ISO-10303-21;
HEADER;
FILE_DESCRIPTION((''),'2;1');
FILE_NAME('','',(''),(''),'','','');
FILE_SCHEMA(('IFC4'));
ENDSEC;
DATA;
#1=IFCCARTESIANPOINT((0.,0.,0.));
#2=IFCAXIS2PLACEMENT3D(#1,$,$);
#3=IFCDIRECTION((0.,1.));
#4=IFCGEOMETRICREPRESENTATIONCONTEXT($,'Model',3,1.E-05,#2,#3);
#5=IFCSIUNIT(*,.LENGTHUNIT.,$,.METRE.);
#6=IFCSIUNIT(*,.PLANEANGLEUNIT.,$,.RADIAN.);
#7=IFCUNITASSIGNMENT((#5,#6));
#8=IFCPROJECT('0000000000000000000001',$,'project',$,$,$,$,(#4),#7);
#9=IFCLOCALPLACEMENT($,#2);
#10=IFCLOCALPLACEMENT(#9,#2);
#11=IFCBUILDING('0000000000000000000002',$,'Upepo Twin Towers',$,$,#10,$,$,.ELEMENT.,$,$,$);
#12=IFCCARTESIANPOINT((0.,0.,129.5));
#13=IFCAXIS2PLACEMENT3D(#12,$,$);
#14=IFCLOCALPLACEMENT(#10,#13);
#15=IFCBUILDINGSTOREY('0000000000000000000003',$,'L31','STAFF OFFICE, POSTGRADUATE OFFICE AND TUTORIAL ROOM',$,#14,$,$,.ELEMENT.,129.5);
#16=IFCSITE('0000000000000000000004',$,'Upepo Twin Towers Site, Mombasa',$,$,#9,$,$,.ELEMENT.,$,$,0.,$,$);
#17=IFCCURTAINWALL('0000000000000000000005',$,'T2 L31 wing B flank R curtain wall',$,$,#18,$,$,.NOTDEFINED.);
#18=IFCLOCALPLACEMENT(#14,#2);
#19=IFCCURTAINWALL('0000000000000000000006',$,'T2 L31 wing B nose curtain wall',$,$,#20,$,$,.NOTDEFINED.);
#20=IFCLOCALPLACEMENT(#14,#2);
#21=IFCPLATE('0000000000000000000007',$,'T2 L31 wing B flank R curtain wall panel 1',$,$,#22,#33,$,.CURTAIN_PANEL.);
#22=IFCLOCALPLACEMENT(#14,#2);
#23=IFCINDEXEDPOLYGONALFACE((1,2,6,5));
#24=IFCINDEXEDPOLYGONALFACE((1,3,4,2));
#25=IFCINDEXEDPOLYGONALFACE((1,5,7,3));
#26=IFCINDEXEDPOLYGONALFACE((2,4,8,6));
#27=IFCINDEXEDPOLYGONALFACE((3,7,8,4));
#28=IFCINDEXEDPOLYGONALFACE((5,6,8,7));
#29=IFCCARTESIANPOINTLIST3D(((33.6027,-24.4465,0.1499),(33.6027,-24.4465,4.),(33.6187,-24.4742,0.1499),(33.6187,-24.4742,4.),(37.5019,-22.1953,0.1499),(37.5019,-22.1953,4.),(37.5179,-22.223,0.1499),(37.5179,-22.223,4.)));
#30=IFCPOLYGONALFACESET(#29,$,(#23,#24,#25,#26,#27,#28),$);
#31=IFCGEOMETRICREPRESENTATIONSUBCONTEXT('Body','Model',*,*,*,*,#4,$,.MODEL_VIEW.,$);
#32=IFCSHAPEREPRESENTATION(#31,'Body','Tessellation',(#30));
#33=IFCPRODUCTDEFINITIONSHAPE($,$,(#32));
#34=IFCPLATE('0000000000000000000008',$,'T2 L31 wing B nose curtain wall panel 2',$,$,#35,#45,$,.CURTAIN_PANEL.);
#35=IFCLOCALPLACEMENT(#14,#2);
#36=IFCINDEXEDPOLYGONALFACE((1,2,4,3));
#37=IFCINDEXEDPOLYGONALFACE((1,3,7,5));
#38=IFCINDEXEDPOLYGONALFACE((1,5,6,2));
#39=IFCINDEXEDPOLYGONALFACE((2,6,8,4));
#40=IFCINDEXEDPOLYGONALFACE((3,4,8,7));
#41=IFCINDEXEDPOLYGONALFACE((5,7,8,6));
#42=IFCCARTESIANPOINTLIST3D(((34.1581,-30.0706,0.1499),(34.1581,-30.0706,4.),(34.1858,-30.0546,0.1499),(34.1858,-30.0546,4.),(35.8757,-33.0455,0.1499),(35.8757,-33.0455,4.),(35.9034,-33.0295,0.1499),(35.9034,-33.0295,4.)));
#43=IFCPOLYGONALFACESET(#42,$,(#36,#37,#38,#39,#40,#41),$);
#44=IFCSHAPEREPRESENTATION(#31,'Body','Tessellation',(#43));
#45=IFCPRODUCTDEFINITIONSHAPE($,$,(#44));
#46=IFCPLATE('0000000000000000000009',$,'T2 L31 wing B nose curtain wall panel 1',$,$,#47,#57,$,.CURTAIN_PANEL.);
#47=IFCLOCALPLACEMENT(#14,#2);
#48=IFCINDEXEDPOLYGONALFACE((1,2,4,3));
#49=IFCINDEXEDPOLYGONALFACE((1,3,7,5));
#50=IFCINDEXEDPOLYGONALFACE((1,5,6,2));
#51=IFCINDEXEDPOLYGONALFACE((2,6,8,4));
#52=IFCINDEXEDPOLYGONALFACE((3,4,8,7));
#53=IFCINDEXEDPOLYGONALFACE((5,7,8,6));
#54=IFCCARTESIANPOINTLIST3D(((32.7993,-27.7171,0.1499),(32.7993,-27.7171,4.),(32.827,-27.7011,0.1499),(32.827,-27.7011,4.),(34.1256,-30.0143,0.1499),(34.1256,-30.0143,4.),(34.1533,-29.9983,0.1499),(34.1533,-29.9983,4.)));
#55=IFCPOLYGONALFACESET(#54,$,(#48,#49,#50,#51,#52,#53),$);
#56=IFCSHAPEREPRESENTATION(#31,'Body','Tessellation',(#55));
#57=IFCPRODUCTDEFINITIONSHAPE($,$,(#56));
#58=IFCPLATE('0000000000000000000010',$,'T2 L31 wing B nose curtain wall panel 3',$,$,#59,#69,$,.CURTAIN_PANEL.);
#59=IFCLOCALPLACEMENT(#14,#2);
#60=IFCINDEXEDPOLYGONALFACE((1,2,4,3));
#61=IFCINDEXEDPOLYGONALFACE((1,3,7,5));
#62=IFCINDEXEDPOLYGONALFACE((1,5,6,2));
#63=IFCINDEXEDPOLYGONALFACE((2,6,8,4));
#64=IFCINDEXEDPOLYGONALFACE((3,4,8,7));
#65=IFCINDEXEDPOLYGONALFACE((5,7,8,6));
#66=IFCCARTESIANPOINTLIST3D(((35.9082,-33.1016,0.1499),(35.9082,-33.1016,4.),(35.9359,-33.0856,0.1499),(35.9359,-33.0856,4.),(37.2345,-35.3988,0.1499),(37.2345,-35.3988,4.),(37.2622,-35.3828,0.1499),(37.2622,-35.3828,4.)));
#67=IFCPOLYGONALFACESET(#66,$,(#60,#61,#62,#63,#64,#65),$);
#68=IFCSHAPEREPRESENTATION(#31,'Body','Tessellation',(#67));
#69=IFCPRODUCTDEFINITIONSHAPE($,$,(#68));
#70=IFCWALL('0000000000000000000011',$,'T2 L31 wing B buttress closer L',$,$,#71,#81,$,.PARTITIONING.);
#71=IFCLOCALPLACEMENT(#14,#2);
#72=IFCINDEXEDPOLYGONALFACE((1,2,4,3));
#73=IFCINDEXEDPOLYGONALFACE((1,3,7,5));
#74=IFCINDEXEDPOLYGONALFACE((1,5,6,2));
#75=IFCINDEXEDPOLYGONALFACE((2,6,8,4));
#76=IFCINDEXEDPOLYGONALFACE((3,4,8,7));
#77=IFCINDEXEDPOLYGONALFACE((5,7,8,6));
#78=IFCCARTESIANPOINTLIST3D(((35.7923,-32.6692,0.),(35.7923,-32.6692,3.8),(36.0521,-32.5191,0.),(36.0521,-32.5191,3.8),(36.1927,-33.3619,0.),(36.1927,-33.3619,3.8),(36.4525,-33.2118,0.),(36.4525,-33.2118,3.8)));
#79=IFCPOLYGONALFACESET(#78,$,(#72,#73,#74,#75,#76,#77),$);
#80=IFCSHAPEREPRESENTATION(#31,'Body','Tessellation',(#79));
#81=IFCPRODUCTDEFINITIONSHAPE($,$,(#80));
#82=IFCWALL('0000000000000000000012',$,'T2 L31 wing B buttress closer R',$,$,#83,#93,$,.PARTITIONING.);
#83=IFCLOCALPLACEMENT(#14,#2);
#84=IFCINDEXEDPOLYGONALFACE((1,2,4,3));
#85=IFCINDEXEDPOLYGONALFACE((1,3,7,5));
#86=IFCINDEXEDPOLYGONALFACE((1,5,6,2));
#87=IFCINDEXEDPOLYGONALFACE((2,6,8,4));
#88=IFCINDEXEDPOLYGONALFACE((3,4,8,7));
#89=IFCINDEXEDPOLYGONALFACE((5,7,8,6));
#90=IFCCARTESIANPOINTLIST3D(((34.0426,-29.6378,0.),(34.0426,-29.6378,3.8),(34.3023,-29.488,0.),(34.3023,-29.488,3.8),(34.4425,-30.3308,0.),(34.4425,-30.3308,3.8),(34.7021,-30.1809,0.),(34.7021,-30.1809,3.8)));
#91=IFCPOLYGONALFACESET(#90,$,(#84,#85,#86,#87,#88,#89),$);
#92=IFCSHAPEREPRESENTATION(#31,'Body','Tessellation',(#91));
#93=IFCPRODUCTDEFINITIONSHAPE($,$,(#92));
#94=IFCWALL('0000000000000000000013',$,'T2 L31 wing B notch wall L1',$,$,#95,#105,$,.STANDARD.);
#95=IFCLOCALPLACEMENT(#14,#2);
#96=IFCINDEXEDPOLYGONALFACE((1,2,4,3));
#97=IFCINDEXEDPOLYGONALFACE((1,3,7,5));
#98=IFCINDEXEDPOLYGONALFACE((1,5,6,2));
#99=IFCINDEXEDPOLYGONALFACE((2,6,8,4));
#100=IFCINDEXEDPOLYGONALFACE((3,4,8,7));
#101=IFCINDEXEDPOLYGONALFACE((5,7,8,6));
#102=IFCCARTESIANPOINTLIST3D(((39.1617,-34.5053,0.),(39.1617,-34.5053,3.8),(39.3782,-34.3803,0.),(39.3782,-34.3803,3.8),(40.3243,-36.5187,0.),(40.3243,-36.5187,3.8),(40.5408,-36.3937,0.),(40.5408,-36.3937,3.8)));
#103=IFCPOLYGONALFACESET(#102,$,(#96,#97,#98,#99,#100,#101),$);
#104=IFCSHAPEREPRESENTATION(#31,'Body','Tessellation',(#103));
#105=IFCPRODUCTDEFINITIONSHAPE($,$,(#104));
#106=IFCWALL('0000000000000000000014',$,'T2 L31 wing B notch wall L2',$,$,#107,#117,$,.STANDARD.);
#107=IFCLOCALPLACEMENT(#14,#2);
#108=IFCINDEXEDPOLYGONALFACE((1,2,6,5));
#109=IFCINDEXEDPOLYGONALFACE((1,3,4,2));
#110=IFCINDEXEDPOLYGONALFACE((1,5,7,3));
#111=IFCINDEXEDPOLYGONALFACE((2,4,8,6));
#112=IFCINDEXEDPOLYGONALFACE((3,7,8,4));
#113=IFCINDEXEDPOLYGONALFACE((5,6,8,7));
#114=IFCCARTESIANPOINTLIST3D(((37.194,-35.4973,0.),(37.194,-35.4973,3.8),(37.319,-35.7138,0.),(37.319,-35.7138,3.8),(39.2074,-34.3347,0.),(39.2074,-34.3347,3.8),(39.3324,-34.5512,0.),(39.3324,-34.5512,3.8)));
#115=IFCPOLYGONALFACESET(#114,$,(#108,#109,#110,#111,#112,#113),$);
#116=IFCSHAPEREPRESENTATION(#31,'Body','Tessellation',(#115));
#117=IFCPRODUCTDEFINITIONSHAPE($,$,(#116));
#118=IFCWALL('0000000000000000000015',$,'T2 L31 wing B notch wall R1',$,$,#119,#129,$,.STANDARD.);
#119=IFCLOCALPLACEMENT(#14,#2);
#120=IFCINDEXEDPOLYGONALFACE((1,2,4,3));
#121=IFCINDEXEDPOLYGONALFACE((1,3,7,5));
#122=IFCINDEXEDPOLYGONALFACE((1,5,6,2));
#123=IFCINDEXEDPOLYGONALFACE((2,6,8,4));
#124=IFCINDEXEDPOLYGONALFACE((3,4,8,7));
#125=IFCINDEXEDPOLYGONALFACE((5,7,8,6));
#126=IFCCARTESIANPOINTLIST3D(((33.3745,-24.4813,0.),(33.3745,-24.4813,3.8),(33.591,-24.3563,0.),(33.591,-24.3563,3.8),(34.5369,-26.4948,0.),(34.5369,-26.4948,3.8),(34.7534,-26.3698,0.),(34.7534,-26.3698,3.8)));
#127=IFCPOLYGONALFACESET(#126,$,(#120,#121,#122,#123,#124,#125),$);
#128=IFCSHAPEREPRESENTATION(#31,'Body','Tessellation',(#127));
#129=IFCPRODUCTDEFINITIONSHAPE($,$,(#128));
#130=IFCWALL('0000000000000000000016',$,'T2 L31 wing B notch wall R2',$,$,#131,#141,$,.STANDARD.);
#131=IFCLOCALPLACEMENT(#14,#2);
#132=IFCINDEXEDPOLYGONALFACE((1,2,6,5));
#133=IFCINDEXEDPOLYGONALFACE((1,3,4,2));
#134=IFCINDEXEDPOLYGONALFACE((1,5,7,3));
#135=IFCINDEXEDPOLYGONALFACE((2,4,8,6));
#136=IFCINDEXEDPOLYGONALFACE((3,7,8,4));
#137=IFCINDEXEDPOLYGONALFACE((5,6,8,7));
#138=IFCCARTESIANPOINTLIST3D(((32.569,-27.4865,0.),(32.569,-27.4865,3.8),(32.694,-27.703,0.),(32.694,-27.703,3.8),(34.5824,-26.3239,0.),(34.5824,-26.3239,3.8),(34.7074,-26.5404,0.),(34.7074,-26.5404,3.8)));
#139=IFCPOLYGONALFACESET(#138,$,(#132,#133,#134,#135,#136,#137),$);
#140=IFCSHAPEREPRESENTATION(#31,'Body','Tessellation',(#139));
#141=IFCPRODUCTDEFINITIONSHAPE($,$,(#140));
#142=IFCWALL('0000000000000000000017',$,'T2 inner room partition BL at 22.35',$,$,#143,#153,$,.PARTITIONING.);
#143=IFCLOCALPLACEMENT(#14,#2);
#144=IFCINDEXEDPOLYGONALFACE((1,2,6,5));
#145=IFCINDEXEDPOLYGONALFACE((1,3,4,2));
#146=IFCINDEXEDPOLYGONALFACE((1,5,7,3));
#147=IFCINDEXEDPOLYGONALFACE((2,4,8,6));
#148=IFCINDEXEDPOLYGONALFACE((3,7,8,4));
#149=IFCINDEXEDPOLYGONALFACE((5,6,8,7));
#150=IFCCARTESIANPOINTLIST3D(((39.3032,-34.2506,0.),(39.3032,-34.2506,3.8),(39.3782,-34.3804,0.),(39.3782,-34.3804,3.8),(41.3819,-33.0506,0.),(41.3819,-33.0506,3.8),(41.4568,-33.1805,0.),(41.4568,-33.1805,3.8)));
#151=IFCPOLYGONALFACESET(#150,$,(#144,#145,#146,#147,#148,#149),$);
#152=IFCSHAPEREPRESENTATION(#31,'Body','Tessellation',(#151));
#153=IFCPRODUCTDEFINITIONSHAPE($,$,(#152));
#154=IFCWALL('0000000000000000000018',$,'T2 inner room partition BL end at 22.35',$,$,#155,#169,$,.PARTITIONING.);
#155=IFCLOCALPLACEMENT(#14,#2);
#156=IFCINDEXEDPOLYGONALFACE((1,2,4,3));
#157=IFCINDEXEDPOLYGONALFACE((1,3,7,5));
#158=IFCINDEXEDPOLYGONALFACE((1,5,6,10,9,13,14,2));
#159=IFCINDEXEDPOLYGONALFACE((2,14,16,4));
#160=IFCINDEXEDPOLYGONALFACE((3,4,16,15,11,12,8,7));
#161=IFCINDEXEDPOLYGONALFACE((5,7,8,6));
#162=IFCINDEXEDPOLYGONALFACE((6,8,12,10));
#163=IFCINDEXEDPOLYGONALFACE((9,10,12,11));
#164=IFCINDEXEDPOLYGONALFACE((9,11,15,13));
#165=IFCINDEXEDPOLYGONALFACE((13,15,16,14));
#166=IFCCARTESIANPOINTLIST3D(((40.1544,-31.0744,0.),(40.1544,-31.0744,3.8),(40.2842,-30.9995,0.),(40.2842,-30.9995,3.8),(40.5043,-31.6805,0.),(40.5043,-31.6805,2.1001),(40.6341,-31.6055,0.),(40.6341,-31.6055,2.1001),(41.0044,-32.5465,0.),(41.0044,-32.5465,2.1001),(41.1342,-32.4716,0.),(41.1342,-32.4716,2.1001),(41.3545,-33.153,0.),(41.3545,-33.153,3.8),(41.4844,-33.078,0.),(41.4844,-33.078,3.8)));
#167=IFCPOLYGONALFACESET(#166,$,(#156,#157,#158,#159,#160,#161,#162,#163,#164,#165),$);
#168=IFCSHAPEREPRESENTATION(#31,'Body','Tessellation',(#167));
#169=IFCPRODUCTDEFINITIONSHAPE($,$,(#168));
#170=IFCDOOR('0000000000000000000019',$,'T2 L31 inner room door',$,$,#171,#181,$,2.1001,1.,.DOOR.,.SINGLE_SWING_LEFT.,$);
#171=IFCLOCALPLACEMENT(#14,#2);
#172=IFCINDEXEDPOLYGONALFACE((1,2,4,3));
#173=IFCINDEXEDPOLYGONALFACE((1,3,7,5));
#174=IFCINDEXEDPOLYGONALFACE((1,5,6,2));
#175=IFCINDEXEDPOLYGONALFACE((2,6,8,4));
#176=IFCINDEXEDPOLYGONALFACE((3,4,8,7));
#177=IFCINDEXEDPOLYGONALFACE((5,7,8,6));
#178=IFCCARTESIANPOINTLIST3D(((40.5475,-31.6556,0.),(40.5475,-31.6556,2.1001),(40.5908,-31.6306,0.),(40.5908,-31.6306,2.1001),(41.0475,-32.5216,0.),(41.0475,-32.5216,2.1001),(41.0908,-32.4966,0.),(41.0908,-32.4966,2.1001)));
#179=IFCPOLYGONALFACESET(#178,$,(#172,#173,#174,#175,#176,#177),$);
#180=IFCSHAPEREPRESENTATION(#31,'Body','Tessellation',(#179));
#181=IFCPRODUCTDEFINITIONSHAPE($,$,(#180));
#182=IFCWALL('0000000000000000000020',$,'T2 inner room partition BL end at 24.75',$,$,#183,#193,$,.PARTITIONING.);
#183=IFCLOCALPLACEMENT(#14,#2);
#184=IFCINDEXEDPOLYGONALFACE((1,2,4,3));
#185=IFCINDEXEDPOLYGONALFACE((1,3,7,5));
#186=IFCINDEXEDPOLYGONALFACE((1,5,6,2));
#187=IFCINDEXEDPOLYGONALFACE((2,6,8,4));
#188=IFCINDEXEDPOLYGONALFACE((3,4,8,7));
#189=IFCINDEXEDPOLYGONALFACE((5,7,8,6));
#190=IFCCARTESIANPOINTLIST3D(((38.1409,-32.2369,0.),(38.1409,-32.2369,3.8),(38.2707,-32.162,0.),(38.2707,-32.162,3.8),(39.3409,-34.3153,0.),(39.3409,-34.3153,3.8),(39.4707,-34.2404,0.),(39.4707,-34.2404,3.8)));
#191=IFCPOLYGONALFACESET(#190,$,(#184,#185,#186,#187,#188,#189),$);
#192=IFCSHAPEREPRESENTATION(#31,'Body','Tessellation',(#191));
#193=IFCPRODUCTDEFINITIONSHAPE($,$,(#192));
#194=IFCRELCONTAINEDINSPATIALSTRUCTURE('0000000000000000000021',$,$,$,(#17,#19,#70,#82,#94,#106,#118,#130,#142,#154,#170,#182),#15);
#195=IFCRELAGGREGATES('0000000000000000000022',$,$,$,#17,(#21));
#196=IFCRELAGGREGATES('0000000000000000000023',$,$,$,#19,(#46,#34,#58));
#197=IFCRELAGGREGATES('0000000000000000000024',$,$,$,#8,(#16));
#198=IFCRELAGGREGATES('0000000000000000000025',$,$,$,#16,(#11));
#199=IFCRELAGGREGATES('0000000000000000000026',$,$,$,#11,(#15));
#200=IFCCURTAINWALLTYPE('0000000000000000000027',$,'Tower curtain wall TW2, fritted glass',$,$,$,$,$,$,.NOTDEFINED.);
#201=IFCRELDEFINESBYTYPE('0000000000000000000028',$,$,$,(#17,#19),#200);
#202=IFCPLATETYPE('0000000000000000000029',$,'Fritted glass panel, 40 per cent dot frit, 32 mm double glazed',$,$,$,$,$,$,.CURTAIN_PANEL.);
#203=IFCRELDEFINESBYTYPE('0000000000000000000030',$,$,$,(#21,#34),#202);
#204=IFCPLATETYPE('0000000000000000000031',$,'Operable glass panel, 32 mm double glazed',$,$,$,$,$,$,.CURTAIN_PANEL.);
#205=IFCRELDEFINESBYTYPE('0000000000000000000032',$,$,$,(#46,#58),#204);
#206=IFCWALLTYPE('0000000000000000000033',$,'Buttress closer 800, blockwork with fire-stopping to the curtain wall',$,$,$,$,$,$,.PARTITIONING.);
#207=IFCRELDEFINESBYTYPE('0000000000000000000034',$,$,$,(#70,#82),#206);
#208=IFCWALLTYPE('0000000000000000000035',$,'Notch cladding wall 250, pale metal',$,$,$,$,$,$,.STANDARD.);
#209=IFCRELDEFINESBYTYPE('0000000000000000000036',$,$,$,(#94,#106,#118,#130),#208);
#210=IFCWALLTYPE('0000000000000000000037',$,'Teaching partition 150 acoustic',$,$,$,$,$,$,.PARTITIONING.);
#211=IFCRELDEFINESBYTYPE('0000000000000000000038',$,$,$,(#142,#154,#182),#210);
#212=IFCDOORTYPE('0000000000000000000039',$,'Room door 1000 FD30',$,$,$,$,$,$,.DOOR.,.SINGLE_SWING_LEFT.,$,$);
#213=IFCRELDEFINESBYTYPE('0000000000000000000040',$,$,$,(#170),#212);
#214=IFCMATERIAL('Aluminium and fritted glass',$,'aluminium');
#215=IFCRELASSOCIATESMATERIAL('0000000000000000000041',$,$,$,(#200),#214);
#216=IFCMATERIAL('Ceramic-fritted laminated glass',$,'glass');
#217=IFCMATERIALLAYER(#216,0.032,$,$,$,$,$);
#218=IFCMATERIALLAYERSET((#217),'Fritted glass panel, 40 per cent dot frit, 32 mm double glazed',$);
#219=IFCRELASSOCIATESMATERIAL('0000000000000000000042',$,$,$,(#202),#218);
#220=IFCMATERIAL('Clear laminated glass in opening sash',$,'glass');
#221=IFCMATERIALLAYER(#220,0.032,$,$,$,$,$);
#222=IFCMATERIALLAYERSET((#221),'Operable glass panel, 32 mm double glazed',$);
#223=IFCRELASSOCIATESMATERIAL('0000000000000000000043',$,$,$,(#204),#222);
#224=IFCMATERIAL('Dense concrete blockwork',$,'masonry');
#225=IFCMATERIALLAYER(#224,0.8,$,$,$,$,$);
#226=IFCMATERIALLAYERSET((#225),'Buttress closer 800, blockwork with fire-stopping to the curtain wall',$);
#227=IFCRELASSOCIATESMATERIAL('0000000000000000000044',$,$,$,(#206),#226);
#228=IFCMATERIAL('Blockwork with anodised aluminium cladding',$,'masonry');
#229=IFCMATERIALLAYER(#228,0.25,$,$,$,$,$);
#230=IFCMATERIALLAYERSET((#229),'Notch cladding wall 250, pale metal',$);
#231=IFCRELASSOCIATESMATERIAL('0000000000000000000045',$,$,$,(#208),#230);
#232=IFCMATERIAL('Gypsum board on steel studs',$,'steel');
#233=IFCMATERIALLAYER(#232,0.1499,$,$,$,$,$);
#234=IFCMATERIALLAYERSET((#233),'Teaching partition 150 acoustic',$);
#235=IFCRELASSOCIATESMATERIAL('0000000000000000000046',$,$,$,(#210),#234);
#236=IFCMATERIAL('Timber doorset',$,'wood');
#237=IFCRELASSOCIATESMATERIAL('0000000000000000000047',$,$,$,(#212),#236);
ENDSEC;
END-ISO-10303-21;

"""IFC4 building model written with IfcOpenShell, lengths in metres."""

from ifc_helpers import new_model, si_unit, direction, frame, frame_2d, origin, origin_2d, place, context, subcontext, project, spatial, rectangle, extrude, material, layer, layer_set, type_object, element, fill, aggregate, save


model = new_model("IFC4")

# Units and contexts
model_context = context("Model", 3, precision=1e-05, world=origin(), true_north=direction((0.0, 1.0)))
body_context = subcontext(model_context, "Body", "Model", "MODEL_VIEW")
ifc_project = project(units=[si_unit("LENGTHUNIT", "METRE"), si_unit("PLANEANGLEUNIT", "RADIAN")], contexts=[model_context])

# Site, building, storey
site_placement = place(None, origin())
site = spatial("IfcSite", under=ifc_project, at=site_placement, Name="Upepo Twin Towers Site, Mombasa", CompositionType="ELEMENT", RefElevation=0.0)
building_placement = place(site_placement, origin())
building = spatial("IfcBuilding", under=site, at=building_placement, Name="Upepo Twin Towers", CompositionType="ELEMENT")
storey_placement = place(building_placement, frame((0.0, 0.0, 129.5)))
storey = spatial("IfcBuildingStorey", under=building, at=storey_placement, Name="L31", Description="STAFF OFFICE, POSTGRADUATE OFFICE AND TUTORIAL ROOM", CompositionType="ELEMENT", Elevation=129.5)

# Shared definitions
ifc_material_1 = material(Name="Aluminium and fritted glass", Category="aluminium")
curtain_wall_type = type_object("IfcCurtainWallType", Name="Tower curtain wall TW2, fritted glass", PredefinedType="NOTDEFINED", material=ifc_material_1)

# Curtain walls
curtain_wall_1_placement = place(storey_placement, origin())
curtain_wall_1 = element("IfcCurtainWall", 1, at=curtain_wall_1_placement, inside=storey, type_object=curtain_wall_type, Name="T2 L31 wing B flank R curtain wall", PredefinedType="NOTDEFINED")
curtain_wall_2_placement = place(storey_placement, origin())
curtain_wall_2 = element("IfcCurtainWall", 2, at=curtain_wall_2_placement, inside=storey, type_object=curtain_wall_type, Name="T2 L31 wing B nose curtain wall", PredefinedType="NOTDEFINED")

# Plates
ifc_material_2 = material(Name="Ceramic-fritted laminated glass", Category="glass")
ifc_layer_1 = layer(ifc_material_2, 0.032)
ifc_layer_set_1 = layer_set([ifc_layer_1], Name="Fritted glass panel, 40 per cent dot frit, 32 mm double glazed")
plate_type_1 = type_object("IfcPlateType", Name="Fritted glass panel, 40 per cent dot frit, 32 mm double glazed", PredefinedType="CURTAIN_PANEL", material=ifc_layer_set_1)
plate_1_placement = place(storey_placement, frame((35.5603, -23.3347, 0.1499), z_axis=(0.0, 0.0, 1.0), x_axis=(0.866025, 0.5, 0.0)))
plate_1 = element("IfcPlate", 3, at=plate_1_placement, type_object=plate_type_1, Name="T2 L31 wing B flank R curtain wall panel 1", PredefinedType="CURTAIN_PANEL", context=body_context, shape_type="SweptSolid", body=[
    extrude(rectangle(XDim=4.5024, YDim=0.032, at=origin_2d()), origin(), (0.0, 0.0, 1.0), 3.8501),
])
aggregate(curtain_wall_1, [plate_1])
plate_2_placement = place(storey_placement, frame((35.0308, -31.55, 0.1499), z_axis=(0.0, 0.0, 1.0), x_axis=(0.5, -0.866025, 0.0)))
plate_2 = element("IfcPlate", 4, at=plate_2_placement, type_object=plate_type_1, Name="T2 L31 wing B nose curtain wall panel 2", PredefinedType="CURTAIN_PANEL", context=body_context, shape_type="SweptSolid", body=[
    extrude(rectangle(XDim=3.4351, YDim=0.032, at=origin_2d()), origin(), (0.0, 0.0, 1.0), 3.8501),
])
ifc_material_3 = material(Name="Clear laminated glass in opening sash", Category="glass")
ifc_layer_2 = layer(ifc_material_3, 0.032)
ifc_layer_set_2 = layer_set([ifc_layer_2], Name="Operable glass panel, 32 mm double glazed")
plate_type_2 = type_object("IfcPlateType", Name="Operable glass panel, 32 mm double glazed", PredefinedType="CURTAIN_PANEL", material=ifc_layer_set_2)
plate_3_placement = place(storey_placement, frame((33.4763, -28.8577, 0.1499), z_axis=(0.0, 0.0, 1.0), x_axis=(0.5, -0.866025, 0.0)))
plate_3 = element("IfcPlate", 5, at=plate_3_placement, type_object=plate_type_2, Name="T2 L31 wing B nose curtain wall panel 1", PredefinedType="CURTAIN_PANEL", context=body_context, shape_type="SweptSolid", body=[
    extrude(rectangle(XDim=2.6526, YDim=0.032, at=origin_2d()), origin(), (0.0, 0.0, 1.0), 3.8501),
])
plate_4_placement = place(storey_placement, frame((36.5852, -34.2422, 0.1499), z_axis=(0.0, 0.0, 1.0), x_axis=(0.5, -0.866025, 0.0)))
plate_4 = element("IfcPlate", 6, at=plate_4_placement, type_object=plate_type_2, Name="T2 L31 wing B nose curtain wall panel 3", PredefinedType="CURTAIN_PANEL", context=body_context, shape_type="SweptSolid", body=[
    extrude(rectangle(XDim=2.6526, YDim=0.032, at=origin_2d()), origin(), (0.0, 0.0, 1.0), 3.8501),
])
aggregate(curtain_wall_2, [plate_3, plate_2, plate_4])

# Walls
ifc_material_4 = material(Name="Dense concrete blockwork", Category="masonry")
ifc_layer_3 = layer(ifc_material_4, 0.8)
ifc_layer_set_3 = layer_set([ifc_layer_3], Name="Buttress closer 800, blockwork with fire-stopping to the curtain wall")
wall_type_1 = type_object("IfcWallType", Name="Buttress closer 800, blockwork with fire-stopping to the curtain wall", PredefinedType="PARTITIONING", material=ifc_layer_set_3)
wall_1_placement = place(storey_placement, frame((36.2522, -32.8655, 0.0), z_axis=(0.0, 0.0, 1.0), x_axis=(-0.865779, -0.500427, 0.0)))
element("IfcWall", 7, at=wall_1_placement, inside=storey, type_object=wall_type_1, Name="T2 L31 wing B buttress closer L", PredefinedType="PARTITIONING", context=body_context, shape_type="SweptSolid", body=[
    extrude(rectangle(XDim=0.3, YDim=0.8, at=frame_2d((0.1499, 0.0))), origin(), (0.0, 0.0, 1.0), 3.8),
])
wall_2_placement = place(storey_placement, frame((34.5022, -29.8345, 0.0), z_axis=(0.0, 0.0, 1.0), x_axis=(-0.866131, -0.499816, 0.0)))
element("IfcWall", 8, at=wall_2_placement, inside=storey, type_object=wall_type_1, Name="T2 L31 wing B buttress closer R", PredefinedType="PARTITIONING", context=body_context, shape_type="SweptSolid", body=[
    extrude(rectangle(XDim=0.2998, YDim=0.8, at=frame_2d((0.1499, 0.0))), origin(), (0.0, 0.0, 1.0), 3.8),
])
ifc_material_5 = material(Name="Blockwork with anodised aluminium cladding", Category="masonry")
ifc_layer_4 = layer(ifc_material_5, 0.25)
ifc_layer_set_4 = layer_set([ifc_layer_4], Name="Notch cladding wall 250, pale metal")
wall_type_2 = type_object("IfcWallType", Name="Notch cladding wall 250, pale metal", PredefinedType="STANDARD", material=ifc_layer_set_4)
for number, where, z_axis, x_axis, name in (
    (9, (40.4326, -36.4563, 0.0), (0.0, 0.0, 1.0), (-0.500047, 0.865998, 0.0), "T2 L31 wing B notch wall L1"),
    (10, (39.27, -34.4429, 0.0), (0.0, 0.0, 1.0), (-0.865998, -0.500047, 0.0), "T2 L31 wing B notch wall L2"),
    (11, (33.4827, -24.4187, 0.0), (0.0, 0.0, 1.0), (0.499968, -0.866044, 0.0), "T2 L31 wing B notch wall R1"),
    (12, (34.645, -26.4321, 0.0), (0.0, 0.0, 1.0), (-0.865998, -0.500047, 0.0), "T2 L31 wing B notch wall R2"),
):
    element("IfcWall", number, at=place(storey_placement, frame(where, z_axis=z_axis, x_axis=x_axis)), inside=storey, type_object=wall_type_2, Name=name, PredefinedType="STANDARD", context=body_context, shape_type="SweptSolid", body=[
        extrude(rectangle(XDim=2.325, YDim=0.25, at=frame_2d((1.1626, 0.0))), origin(), (0.0, 0.0, 1.0), 3.8),
    ])
ifc_material_6 = material(Name="Gypsum board on steel studs", Category="steel")
ifc_layer_5 = layer(ifc_material_6, 0.1499)
ifc_layer_set_5 = layer_set([ifc_layer_5], Name="Teaching partition 150 acoustic")
wall_type_3 = type_object("IfcWallType", Name="Teaching partition 150 acoustic", PredefinedType="PARTITIONING", material=ifc_layer_set_5)
wall_3_placement = place(storey_placement, frame((41.4194, -33.1155, 0.0), z_axis=(0.0, 0.0, 1.0), x_axis=(-0.86605, -0.499957, 0.0)))
element("IfcWall", 13, at=wall_3_placement, inside=storey, type_object=wall_type_3, Name="T2 inner room partition BL at 22.35", PredefinedType="PARTITIONING", context=body_context, shape_type="SweptSolid", body=[
    extrude(rectangle(XDim=2.4001, YDim=0.1499, at=frame_2d((1.2002, 0.0))), origin(), (0.0, 0.0, 1.0), 3.8),
])

# Wall, opening, door
wall_4_placement = place(storey_placement, frame((40.2192, -31.0369, 0.0), z_axis=(0.0, 0.0, 1.0), x_axis=(0.500034, -0.866006, 0.0)))
wall_4 = element("IfcWall", 14, at=wall_4_placement, inside=storey, type_object=wall_type_3, Name="T2 inner room partition BL end at 22.35", PredefinedType="PARTITIONING", context=body_context, shape_type="SweptSolid", body=[
    extrude(rectangle(XDim=2.4001, YDim=0.1499, at=frame_2d((1.2002, 0.0))), origin(), (0.0, 0.0, 1.0), 3.8),
])
opening_placement = place(wall_4_placement, frame((0.7, 0.0, 0.0)))
opening = element("IfcOpeningElement", 15, at=opening_placement, cuts=wall_4, PredefinedType="OPENING", context=body_context, shape_type="SweptSolid", body=[
    extrude(rectangle(XDim=1.0, YDim=2.1001, at=frame_2d((0.5, 1.05))), frame((0.0, 0.085, 0.0), z_axis=(0.0, -1.0, 0.0), x_axis=(1.0, 0.0, 0.0)), (0.0, 0.0, 1.0), 0.1699),
])
ifc_material_7 = material(Name="Timber doorset", Category="wood")
door_type = type_object("IfcDoorType", Name="Room door 1000 FD30", OperationType="SINGLE_SWING_LEFT", PredefinedType="DOOR", material=ifc_material_7)
door_placement = place(opening_placement, origin())
door = element("IfcDoor", 16, at=door_placement, inside=storey, type_object=door_type, Name="T2 L31 inner room door", OperationType="SINGLE_SWING_LEFT", OverallHeight=2.1001, OverallWidth=1.0, PredefinedType="DOOR", context=body_context, shape_type="SweptSolid", body=[
    extrude(rectangle(XDim=1.0, YDim=2.1001, at=frame_2d((0.5, 1.05))), frame((0.0, 0.0249, 0.0), z_axis=(0.0, -1.0, 0.0), x_axis=(1.0, 0.0, 0.0)), (0.0, 0.0, 1.0), 0.05),
])
fill(opening, door)

# Wall
wall_5_placement = place(storey_placement, frame((38.2058, -32.1995, 0.0), z_axis=(0.0, 0.0, 1.0), x_axis=(0.500001, -0.866025, 0.0)))
element("IfcWall", 17, at=wall_5_placement, inside=storey, type_object=wall_type_3, Name="T2 inner room partition BL end at 24.75", PredefinedType="PARTITIONING", context=body_context, shape_type="SweptSolid", body=[
    extrude(rectangle(XDim=2.3999, YDim=0.1499, at=frame_2d((1.2, 0.0))), origin(), (0.0, 0.0, 1.0), 3.8),
])

save(model, "model.ifc")
